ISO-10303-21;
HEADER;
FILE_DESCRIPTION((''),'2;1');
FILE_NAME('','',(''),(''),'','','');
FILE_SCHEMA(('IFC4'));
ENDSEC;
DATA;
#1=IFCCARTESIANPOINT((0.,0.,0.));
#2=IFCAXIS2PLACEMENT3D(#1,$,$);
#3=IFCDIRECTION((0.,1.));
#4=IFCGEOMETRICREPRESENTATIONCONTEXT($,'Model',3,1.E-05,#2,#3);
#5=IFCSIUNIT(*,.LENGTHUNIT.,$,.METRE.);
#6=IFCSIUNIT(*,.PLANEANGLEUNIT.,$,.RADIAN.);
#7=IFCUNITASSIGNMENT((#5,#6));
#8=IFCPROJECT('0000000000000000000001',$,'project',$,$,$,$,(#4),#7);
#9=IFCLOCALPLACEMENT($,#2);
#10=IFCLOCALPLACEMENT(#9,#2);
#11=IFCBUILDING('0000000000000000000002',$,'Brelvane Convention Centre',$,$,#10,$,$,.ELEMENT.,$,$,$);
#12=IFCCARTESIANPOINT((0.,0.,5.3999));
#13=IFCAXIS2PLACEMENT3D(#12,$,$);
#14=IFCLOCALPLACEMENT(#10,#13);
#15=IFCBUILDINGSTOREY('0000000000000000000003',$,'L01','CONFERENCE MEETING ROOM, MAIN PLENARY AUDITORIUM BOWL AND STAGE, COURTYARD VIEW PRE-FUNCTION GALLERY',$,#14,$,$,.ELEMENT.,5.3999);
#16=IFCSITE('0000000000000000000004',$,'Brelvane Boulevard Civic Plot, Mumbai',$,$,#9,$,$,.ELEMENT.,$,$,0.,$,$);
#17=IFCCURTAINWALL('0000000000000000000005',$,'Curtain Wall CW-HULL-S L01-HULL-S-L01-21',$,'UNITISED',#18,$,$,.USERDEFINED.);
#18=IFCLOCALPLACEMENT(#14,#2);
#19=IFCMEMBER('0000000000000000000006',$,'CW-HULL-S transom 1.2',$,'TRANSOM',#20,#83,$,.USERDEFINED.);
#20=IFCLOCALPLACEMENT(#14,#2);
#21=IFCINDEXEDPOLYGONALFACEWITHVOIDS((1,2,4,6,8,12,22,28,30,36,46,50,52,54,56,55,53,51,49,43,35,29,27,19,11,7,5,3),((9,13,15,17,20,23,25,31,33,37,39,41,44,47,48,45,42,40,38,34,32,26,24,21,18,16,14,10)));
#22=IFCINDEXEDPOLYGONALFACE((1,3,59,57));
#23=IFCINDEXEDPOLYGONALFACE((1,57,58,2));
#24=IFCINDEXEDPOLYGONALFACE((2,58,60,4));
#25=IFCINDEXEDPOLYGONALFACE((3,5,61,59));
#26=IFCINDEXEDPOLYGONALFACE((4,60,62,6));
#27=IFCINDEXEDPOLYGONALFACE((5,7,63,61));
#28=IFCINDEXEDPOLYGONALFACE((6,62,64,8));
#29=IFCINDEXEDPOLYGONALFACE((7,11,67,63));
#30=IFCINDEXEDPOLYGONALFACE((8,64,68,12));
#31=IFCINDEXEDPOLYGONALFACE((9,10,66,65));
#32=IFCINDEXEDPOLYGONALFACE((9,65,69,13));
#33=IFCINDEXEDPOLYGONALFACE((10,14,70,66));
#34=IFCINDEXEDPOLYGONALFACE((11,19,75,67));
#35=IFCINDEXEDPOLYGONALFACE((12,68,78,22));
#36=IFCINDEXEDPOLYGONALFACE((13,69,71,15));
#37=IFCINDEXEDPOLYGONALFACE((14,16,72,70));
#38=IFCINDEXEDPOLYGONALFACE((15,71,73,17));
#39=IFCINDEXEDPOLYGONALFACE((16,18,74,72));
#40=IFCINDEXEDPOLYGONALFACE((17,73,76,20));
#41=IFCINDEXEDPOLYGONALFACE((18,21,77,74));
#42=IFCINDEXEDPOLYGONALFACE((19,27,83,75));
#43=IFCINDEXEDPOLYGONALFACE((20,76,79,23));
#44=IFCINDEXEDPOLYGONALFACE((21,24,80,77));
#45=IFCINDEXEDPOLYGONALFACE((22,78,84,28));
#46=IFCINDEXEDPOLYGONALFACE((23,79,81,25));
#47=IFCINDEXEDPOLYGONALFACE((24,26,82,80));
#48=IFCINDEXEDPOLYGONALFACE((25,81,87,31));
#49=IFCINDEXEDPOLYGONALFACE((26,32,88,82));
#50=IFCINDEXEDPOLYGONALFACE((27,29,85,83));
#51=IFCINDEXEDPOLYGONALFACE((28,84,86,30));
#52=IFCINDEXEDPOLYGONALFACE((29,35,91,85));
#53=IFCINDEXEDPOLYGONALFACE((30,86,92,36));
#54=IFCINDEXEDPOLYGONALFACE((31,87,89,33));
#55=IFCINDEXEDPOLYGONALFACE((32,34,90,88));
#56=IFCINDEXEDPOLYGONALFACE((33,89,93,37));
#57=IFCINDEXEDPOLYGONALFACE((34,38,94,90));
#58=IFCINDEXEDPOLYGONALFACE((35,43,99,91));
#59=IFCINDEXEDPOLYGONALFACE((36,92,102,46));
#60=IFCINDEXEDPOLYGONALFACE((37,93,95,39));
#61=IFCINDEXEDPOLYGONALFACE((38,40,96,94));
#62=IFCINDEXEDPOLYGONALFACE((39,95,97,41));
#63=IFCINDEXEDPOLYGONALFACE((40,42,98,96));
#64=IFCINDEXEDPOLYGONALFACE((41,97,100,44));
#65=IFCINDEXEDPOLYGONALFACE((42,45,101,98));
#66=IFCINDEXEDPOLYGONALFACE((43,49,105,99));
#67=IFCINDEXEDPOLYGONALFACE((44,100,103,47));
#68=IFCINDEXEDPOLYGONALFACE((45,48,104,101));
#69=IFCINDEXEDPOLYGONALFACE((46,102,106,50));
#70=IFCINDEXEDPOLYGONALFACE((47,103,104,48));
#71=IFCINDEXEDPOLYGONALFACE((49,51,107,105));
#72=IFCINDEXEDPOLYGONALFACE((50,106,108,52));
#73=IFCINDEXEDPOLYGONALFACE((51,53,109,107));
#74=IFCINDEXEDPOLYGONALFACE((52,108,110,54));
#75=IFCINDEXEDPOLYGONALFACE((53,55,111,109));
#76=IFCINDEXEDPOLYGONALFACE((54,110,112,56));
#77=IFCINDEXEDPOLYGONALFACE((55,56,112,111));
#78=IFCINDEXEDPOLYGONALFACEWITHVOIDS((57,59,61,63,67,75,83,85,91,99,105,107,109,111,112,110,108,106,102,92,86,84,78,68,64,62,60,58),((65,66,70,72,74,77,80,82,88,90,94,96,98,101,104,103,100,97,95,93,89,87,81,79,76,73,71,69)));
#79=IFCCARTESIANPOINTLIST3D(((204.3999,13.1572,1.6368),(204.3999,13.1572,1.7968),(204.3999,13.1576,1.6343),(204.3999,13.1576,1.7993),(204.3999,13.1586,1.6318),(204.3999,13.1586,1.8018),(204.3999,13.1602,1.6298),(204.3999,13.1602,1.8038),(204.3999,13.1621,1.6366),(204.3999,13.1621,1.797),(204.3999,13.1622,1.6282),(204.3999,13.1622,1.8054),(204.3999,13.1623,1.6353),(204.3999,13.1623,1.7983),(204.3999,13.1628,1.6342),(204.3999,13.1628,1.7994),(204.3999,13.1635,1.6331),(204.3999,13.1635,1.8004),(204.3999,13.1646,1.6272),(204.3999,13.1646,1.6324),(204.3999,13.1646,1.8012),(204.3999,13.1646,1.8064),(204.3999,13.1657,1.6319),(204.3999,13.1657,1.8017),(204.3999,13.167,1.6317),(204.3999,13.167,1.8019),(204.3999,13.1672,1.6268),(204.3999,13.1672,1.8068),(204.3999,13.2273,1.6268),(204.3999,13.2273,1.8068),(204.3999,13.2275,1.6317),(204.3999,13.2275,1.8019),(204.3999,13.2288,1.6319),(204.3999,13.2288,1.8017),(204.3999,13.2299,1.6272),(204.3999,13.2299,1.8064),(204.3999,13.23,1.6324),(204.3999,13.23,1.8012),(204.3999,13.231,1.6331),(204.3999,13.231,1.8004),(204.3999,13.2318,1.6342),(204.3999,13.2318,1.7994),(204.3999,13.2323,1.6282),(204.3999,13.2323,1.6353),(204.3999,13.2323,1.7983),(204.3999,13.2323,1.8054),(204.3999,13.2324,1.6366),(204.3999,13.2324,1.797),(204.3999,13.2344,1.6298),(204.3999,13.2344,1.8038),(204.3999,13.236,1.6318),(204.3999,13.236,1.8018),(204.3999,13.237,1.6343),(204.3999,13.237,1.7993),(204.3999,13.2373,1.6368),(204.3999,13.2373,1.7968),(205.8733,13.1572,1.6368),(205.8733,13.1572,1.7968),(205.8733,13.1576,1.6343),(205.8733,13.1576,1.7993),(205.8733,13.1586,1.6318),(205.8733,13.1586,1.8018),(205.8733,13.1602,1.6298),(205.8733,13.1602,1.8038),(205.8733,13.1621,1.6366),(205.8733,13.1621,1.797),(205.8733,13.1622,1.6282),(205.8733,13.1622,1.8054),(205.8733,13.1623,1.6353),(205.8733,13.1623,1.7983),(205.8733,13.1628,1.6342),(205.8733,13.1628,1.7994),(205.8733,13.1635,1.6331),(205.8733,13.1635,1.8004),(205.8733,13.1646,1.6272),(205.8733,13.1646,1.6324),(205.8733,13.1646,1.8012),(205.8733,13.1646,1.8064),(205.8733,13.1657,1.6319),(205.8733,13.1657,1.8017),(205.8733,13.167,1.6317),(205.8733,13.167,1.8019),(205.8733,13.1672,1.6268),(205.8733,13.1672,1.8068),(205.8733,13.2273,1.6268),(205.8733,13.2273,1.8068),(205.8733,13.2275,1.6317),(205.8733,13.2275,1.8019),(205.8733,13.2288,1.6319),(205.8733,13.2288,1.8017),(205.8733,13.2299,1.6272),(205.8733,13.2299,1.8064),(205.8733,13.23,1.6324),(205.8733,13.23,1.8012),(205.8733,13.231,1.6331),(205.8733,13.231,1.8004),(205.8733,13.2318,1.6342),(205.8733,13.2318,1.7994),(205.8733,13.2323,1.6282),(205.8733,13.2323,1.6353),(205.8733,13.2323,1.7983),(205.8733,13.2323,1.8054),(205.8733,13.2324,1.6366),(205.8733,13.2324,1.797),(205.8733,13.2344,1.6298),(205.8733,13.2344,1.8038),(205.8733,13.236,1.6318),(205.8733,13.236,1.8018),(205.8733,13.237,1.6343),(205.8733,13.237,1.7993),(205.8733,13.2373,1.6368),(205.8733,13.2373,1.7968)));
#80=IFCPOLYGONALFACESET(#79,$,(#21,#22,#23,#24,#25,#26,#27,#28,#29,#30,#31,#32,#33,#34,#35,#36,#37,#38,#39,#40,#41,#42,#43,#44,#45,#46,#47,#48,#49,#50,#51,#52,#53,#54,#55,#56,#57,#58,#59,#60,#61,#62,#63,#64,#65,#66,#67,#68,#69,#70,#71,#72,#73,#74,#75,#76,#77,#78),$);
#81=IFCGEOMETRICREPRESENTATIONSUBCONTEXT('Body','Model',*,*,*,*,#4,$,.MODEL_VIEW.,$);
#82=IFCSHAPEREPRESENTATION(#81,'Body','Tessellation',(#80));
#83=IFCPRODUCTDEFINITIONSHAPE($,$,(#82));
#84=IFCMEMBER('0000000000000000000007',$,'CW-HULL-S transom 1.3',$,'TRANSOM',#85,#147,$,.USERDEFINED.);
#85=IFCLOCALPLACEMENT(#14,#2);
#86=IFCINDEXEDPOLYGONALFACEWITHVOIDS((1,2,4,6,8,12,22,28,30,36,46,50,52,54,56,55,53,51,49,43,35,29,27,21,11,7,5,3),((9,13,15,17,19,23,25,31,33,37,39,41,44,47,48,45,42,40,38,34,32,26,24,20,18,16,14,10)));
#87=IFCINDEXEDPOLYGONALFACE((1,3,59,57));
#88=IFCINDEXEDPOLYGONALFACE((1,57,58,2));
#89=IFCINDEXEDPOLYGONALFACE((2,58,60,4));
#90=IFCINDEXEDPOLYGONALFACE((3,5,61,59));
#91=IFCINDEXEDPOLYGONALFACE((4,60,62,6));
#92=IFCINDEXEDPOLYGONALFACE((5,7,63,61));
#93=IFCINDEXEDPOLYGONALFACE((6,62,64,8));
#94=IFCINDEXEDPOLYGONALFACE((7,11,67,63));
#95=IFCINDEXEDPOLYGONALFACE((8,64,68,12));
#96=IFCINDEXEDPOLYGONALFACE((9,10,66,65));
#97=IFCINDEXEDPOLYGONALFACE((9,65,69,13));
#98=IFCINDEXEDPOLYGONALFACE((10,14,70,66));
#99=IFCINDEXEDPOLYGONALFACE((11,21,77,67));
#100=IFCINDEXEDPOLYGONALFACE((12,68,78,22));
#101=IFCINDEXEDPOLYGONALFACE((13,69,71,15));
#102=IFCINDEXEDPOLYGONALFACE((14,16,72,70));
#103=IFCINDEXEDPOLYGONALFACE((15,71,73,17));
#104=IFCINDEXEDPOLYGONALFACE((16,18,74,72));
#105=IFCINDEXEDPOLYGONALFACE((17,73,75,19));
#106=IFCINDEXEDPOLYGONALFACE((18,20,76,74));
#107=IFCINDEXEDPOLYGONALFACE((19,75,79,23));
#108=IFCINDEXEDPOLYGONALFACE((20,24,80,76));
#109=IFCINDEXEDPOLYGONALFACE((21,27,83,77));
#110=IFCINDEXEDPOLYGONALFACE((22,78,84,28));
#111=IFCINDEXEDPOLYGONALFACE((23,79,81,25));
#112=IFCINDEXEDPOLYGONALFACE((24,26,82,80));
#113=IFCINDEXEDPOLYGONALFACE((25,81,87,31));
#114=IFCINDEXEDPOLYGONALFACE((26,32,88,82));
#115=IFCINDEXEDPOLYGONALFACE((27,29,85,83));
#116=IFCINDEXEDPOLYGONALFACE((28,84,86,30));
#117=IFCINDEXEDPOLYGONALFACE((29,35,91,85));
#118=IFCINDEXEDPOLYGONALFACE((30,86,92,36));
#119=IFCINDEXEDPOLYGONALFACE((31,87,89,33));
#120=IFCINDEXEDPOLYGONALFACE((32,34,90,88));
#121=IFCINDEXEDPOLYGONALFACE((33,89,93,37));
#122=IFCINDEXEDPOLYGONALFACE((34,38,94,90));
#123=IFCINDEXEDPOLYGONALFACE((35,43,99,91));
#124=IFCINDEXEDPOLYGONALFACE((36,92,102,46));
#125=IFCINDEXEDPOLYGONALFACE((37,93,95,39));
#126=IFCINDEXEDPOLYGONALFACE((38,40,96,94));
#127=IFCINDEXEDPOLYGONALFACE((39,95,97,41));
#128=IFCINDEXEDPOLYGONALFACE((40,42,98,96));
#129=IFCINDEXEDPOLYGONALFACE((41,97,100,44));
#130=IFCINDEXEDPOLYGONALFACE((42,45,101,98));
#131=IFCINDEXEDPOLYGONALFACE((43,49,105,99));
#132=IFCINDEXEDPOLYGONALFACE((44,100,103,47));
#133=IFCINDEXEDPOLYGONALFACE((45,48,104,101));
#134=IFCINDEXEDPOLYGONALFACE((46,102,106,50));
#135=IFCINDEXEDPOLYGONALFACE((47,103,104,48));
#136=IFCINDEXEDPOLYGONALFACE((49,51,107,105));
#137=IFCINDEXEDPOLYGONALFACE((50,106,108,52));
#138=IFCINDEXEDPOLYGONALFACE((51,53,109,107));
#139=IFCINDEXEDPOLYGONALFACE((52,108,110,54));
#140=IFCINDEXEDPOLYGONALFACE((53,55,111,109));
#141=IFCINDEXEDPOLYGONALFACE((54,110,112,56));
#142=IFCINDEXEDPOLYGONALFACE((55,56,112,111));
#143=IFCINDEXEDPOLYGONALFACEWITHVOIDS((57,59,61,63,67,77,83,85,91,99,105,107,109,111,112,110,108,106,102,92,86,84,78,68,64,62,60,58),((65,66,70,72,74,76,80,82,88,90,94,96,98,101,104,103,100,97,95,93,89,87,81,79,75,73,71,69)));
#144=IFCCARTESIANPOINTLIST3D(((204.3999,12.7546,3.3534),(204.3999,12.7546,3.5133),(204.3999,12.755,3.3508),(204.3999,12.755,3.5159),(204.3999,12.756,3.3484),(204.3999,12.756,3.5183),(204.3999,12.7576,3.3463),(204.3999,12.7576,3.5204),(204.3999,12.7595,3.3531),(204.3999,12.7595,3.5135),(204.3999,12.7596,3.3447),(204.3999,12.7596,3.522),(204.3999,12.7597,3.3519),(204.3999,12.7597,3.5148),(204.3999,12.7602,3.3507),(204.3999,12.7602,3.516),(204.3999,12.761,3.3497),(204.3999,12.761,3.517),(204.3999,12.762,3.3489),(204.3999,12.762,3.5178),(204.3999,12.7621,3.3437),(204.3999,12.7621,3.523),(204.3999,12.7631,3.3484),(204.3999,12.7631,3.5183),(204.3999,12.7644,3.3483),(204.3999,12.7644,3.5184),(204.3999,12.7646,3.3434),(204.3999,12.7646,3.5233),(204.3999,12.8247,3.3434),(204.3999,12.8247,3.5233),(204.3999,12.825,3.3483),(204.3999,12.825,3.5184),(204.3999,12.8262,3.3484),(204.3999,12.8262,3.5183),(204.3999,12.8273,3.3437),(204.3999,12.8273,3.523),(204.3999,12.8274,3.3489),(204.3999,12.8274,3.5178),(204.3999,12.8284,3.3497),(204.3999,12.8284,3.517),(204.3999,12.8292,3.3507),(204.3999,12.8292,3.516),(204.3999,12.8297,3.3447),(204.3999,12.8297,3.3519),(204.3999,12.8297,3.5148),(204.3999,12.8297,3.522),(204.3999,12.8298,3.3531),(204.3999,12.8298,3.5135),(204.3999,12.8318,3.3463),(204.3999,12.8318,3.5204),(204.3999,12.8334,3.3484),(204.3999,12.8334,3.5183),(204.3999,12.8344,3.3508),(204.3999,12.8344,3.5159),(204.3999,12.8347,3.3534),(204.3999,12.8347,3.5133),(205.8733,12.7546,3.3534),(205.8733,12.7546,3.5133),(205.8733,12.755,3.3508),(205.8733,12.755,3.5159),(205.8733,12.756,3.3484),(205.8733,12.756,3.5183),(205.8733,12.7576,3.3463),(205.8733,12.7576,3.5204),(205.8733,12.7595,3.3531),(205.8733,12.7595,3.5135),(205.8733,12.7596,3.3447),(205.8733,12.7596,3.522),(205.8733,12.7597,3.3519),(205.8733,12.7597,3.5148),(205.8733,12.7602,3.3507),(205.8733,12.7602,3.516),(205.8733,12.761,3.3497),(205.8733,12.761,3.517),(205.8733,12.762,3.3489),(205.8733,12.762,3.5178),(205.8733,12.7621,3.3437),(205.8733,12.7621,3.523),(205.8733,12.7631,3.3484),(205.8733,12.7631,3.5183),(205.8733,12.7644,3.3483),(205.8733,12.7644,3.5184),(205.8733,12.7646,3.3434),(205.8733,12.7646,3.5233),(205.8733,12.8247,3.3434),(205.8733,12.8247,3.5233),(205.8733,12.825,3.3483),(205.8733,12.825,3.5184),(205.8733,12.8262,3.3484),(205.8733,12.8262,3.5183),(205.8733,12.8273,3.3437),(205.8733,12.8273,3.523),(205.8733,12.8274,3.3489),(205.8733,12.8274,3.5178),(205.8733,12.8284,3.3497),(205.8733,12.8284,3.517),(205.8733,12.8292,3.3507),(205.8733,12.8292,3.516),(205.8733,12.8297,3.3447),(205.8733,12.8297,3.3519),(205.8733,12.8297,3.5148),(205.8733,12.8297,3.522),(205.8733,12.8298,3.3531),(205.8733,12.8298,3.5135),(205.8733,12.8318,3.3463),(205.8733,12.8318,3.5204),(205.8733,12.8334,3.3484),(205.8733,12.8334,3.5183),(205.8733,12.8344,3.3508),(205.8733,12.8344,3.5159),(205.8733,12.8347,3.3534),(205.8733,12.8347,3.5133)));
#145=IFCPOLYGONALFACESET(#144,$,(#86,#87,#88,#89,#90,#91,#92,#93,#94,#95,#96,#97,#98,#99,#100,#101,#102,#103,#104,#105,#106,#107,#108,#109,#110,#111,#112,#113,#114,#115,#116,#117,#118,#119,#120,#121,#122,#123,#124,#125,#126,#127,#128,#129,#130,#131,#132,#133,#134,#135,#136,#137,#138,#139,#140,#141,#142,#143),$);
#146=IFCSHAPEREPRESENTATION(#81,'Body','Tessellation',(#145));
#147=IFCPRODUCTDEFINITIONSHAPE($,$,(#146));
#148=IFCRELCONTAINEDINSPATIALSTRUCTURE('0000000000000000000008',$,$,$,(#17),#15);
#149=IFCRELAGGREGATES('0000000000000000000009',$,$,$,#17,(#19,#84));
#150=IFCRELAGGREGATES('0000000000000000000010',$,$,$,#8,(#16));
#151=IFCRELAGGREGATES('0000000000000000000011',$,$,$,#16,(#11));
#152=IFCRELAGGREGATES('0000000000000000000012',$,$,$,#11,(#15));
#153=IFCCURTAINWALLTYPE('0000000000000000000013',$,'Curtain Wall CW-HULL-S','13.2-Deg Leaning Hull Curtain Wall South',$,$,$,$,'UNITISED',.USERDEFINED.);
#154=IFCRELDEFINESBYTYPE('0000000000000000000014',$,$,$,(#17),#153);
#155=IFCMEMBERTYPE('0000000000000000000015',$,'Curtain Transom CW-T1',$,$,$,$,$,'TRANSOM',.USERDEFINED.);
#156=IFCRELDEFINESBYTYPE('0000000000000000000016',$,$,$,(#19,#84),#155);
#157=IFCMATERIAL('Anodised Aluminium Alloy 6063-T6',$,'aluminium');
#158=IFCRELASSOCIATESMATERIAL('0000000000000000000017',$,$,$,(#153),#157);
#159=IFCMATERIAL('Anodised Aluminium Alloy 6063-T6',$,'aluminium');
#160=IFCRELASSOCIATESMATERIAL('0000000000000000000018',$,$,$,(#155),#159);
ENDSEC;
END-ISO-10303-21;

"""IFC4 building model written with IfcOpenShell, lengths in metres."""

from ifc_helpers import new_model, si_unit, direction, frame, origin, origin_2d, place, context, subcontext, project, spatial, hollow_rectangle, extrude, material, material_profile, profile_set, type_object, element, aggregate, save


model = new_model("IFC4")

# Units and contexts
model_context = context("Model", 3, precision=1e-05, world=origin(), true_north=direction((0.0, 1.0)))
body_context = subcontext(model_context, "Body", "Model", "MODEL_VIEW")
ifc_project = project(units=[si_unit("LENGTHUNIT", "METRE"), si_unit("PLANEANGLEUNIT", "RADIAN")], contexts=[model_context])

# Site, building, storey
site_placement = place(None, origin())
site = spatial("IfcSite", under=ifc_project, at=site_placement, Name="Brelvane Boulevard Civic Plot, Mumbai", CompositionType="ELEMENT", RefElevation=0.0)
building_placement = place(site_placement, origin())
building = spatial("IfcBuilding", under=site, at=building_placement, Name="Brelvane Convention Centre", CompositionType="ELEMENT")
storey_placement = place(building_placement, frame((0.0, 0.0, 5.3999)))
storey = spatial("IfcBuildingStorey", under=building, at=storey_placement, Name="L01", Description="CONFERENCE MEETING ROOM, MAIN PLENARY AUDITORIUM BOWL AND STAGE, COURTYARD VIEW PRE-FUNCTION GALLERY", CompositionType="ELEMENT", Elevation=5.3999)

# Curtain wall, members
ifc_material_1 = material(Name="Anodised Aluminium Alloy 6063-T6", Category="aluminium")
curtain_wall_type = type_object("IfcCurtainWallType", Name="Curtain Wall CW-HULL-S", Description="13.2-Deg Leaning Hull Curtain Wall South", ElementType="UNITISED", PredefinedType="USERDEFINED", material=ifc_material_1)
curtain_wall_placement = place(storey_placement, origin())
curtain_wall = element("IfcCurtainWall", 1, at=curtain_wall_placement, inside=storey, type_object=curtain_wall_type, Name="Curtain Wall CW-HULL-S L01-HULL-S-L01-21", ObjectType="UNITISED", PredefinedType="USERDEFINED")
ifc_material_2 = material(Name="Anodised Aluminium Alloy 6063-T6", Category="aluminium")
ifc_material_profile = material_profile(ifc_material_2, hollow_rectangle(XDim=0.0801, YDim=0.1799, WallThickness=0.0049, InnerFilletRadius=0.0049, OuterFilletRadius=0.01, at=origin_2d()), Name="ALU-T 180x80x5.0")
ifc_profile_set = profile_set([ifc_material_profile], Name="Anodised Aluminium Alloy 6063-T6")
member_type = type_object("IfcMemberType", Name="Curtain Transom CW-T1", ElementType="TRANSOM", PredefinedType="USERDEFINED", material=ifc_profile_set)
member_1_placement = place(storey_placement, frame((204.3999, 13.1973, 1.7168), z_axis=(1.0, 0.0, 0.0), x_axis=(0.0, 1.0, 0.0)))
member_1 = element("IfcMember", 2, at=member_1_placement, type_object=member_type, Name="CW-HULL-S transom 1.2", ObjectType="TRANSOM", PredefinedType="USERDEFINED", context=body_context, shape_type="SweptSolid", body=[
    extrude(hollow_rectangle(XDim=0.0801, YDim=0.1799, WallThickness=0.0049, InnerFilletRadius=0.0049, OuterFilletRadius=0.01, at=origin_2d()), origin(), (0.0, 0.0, 1.0), 1.4734),
])
member_2_placement = place(storey_placement, frame((204.3999, 12.7947, 3.4333), z_axis=(1.0, 0.0, 0.0), x_axis=(0.0, 1.0, 0.0)))
member_2 = element("IfcMember", 3, at=member_2_placement, type_object=member_type, Name="CW-HULL-S transom 1.3", ObjectType="TRANSOM", PredefinedType="USERDEFINED", context=body_context, shape_type="SweptSolid", body=[
    extrude(hollow_rectangle(XDim=0.0801, YDim=0.1799, WallThickness=0.0049, InnerFilletRadius=0.0049, OuterFilletRadius=0.01, at=origin_2d()), origin(), (0.0, 0.0, 1.0), 1.4734),
])
aggregate(curtain_wall, [member_1, member_2])

save(model, "model.ifc")
